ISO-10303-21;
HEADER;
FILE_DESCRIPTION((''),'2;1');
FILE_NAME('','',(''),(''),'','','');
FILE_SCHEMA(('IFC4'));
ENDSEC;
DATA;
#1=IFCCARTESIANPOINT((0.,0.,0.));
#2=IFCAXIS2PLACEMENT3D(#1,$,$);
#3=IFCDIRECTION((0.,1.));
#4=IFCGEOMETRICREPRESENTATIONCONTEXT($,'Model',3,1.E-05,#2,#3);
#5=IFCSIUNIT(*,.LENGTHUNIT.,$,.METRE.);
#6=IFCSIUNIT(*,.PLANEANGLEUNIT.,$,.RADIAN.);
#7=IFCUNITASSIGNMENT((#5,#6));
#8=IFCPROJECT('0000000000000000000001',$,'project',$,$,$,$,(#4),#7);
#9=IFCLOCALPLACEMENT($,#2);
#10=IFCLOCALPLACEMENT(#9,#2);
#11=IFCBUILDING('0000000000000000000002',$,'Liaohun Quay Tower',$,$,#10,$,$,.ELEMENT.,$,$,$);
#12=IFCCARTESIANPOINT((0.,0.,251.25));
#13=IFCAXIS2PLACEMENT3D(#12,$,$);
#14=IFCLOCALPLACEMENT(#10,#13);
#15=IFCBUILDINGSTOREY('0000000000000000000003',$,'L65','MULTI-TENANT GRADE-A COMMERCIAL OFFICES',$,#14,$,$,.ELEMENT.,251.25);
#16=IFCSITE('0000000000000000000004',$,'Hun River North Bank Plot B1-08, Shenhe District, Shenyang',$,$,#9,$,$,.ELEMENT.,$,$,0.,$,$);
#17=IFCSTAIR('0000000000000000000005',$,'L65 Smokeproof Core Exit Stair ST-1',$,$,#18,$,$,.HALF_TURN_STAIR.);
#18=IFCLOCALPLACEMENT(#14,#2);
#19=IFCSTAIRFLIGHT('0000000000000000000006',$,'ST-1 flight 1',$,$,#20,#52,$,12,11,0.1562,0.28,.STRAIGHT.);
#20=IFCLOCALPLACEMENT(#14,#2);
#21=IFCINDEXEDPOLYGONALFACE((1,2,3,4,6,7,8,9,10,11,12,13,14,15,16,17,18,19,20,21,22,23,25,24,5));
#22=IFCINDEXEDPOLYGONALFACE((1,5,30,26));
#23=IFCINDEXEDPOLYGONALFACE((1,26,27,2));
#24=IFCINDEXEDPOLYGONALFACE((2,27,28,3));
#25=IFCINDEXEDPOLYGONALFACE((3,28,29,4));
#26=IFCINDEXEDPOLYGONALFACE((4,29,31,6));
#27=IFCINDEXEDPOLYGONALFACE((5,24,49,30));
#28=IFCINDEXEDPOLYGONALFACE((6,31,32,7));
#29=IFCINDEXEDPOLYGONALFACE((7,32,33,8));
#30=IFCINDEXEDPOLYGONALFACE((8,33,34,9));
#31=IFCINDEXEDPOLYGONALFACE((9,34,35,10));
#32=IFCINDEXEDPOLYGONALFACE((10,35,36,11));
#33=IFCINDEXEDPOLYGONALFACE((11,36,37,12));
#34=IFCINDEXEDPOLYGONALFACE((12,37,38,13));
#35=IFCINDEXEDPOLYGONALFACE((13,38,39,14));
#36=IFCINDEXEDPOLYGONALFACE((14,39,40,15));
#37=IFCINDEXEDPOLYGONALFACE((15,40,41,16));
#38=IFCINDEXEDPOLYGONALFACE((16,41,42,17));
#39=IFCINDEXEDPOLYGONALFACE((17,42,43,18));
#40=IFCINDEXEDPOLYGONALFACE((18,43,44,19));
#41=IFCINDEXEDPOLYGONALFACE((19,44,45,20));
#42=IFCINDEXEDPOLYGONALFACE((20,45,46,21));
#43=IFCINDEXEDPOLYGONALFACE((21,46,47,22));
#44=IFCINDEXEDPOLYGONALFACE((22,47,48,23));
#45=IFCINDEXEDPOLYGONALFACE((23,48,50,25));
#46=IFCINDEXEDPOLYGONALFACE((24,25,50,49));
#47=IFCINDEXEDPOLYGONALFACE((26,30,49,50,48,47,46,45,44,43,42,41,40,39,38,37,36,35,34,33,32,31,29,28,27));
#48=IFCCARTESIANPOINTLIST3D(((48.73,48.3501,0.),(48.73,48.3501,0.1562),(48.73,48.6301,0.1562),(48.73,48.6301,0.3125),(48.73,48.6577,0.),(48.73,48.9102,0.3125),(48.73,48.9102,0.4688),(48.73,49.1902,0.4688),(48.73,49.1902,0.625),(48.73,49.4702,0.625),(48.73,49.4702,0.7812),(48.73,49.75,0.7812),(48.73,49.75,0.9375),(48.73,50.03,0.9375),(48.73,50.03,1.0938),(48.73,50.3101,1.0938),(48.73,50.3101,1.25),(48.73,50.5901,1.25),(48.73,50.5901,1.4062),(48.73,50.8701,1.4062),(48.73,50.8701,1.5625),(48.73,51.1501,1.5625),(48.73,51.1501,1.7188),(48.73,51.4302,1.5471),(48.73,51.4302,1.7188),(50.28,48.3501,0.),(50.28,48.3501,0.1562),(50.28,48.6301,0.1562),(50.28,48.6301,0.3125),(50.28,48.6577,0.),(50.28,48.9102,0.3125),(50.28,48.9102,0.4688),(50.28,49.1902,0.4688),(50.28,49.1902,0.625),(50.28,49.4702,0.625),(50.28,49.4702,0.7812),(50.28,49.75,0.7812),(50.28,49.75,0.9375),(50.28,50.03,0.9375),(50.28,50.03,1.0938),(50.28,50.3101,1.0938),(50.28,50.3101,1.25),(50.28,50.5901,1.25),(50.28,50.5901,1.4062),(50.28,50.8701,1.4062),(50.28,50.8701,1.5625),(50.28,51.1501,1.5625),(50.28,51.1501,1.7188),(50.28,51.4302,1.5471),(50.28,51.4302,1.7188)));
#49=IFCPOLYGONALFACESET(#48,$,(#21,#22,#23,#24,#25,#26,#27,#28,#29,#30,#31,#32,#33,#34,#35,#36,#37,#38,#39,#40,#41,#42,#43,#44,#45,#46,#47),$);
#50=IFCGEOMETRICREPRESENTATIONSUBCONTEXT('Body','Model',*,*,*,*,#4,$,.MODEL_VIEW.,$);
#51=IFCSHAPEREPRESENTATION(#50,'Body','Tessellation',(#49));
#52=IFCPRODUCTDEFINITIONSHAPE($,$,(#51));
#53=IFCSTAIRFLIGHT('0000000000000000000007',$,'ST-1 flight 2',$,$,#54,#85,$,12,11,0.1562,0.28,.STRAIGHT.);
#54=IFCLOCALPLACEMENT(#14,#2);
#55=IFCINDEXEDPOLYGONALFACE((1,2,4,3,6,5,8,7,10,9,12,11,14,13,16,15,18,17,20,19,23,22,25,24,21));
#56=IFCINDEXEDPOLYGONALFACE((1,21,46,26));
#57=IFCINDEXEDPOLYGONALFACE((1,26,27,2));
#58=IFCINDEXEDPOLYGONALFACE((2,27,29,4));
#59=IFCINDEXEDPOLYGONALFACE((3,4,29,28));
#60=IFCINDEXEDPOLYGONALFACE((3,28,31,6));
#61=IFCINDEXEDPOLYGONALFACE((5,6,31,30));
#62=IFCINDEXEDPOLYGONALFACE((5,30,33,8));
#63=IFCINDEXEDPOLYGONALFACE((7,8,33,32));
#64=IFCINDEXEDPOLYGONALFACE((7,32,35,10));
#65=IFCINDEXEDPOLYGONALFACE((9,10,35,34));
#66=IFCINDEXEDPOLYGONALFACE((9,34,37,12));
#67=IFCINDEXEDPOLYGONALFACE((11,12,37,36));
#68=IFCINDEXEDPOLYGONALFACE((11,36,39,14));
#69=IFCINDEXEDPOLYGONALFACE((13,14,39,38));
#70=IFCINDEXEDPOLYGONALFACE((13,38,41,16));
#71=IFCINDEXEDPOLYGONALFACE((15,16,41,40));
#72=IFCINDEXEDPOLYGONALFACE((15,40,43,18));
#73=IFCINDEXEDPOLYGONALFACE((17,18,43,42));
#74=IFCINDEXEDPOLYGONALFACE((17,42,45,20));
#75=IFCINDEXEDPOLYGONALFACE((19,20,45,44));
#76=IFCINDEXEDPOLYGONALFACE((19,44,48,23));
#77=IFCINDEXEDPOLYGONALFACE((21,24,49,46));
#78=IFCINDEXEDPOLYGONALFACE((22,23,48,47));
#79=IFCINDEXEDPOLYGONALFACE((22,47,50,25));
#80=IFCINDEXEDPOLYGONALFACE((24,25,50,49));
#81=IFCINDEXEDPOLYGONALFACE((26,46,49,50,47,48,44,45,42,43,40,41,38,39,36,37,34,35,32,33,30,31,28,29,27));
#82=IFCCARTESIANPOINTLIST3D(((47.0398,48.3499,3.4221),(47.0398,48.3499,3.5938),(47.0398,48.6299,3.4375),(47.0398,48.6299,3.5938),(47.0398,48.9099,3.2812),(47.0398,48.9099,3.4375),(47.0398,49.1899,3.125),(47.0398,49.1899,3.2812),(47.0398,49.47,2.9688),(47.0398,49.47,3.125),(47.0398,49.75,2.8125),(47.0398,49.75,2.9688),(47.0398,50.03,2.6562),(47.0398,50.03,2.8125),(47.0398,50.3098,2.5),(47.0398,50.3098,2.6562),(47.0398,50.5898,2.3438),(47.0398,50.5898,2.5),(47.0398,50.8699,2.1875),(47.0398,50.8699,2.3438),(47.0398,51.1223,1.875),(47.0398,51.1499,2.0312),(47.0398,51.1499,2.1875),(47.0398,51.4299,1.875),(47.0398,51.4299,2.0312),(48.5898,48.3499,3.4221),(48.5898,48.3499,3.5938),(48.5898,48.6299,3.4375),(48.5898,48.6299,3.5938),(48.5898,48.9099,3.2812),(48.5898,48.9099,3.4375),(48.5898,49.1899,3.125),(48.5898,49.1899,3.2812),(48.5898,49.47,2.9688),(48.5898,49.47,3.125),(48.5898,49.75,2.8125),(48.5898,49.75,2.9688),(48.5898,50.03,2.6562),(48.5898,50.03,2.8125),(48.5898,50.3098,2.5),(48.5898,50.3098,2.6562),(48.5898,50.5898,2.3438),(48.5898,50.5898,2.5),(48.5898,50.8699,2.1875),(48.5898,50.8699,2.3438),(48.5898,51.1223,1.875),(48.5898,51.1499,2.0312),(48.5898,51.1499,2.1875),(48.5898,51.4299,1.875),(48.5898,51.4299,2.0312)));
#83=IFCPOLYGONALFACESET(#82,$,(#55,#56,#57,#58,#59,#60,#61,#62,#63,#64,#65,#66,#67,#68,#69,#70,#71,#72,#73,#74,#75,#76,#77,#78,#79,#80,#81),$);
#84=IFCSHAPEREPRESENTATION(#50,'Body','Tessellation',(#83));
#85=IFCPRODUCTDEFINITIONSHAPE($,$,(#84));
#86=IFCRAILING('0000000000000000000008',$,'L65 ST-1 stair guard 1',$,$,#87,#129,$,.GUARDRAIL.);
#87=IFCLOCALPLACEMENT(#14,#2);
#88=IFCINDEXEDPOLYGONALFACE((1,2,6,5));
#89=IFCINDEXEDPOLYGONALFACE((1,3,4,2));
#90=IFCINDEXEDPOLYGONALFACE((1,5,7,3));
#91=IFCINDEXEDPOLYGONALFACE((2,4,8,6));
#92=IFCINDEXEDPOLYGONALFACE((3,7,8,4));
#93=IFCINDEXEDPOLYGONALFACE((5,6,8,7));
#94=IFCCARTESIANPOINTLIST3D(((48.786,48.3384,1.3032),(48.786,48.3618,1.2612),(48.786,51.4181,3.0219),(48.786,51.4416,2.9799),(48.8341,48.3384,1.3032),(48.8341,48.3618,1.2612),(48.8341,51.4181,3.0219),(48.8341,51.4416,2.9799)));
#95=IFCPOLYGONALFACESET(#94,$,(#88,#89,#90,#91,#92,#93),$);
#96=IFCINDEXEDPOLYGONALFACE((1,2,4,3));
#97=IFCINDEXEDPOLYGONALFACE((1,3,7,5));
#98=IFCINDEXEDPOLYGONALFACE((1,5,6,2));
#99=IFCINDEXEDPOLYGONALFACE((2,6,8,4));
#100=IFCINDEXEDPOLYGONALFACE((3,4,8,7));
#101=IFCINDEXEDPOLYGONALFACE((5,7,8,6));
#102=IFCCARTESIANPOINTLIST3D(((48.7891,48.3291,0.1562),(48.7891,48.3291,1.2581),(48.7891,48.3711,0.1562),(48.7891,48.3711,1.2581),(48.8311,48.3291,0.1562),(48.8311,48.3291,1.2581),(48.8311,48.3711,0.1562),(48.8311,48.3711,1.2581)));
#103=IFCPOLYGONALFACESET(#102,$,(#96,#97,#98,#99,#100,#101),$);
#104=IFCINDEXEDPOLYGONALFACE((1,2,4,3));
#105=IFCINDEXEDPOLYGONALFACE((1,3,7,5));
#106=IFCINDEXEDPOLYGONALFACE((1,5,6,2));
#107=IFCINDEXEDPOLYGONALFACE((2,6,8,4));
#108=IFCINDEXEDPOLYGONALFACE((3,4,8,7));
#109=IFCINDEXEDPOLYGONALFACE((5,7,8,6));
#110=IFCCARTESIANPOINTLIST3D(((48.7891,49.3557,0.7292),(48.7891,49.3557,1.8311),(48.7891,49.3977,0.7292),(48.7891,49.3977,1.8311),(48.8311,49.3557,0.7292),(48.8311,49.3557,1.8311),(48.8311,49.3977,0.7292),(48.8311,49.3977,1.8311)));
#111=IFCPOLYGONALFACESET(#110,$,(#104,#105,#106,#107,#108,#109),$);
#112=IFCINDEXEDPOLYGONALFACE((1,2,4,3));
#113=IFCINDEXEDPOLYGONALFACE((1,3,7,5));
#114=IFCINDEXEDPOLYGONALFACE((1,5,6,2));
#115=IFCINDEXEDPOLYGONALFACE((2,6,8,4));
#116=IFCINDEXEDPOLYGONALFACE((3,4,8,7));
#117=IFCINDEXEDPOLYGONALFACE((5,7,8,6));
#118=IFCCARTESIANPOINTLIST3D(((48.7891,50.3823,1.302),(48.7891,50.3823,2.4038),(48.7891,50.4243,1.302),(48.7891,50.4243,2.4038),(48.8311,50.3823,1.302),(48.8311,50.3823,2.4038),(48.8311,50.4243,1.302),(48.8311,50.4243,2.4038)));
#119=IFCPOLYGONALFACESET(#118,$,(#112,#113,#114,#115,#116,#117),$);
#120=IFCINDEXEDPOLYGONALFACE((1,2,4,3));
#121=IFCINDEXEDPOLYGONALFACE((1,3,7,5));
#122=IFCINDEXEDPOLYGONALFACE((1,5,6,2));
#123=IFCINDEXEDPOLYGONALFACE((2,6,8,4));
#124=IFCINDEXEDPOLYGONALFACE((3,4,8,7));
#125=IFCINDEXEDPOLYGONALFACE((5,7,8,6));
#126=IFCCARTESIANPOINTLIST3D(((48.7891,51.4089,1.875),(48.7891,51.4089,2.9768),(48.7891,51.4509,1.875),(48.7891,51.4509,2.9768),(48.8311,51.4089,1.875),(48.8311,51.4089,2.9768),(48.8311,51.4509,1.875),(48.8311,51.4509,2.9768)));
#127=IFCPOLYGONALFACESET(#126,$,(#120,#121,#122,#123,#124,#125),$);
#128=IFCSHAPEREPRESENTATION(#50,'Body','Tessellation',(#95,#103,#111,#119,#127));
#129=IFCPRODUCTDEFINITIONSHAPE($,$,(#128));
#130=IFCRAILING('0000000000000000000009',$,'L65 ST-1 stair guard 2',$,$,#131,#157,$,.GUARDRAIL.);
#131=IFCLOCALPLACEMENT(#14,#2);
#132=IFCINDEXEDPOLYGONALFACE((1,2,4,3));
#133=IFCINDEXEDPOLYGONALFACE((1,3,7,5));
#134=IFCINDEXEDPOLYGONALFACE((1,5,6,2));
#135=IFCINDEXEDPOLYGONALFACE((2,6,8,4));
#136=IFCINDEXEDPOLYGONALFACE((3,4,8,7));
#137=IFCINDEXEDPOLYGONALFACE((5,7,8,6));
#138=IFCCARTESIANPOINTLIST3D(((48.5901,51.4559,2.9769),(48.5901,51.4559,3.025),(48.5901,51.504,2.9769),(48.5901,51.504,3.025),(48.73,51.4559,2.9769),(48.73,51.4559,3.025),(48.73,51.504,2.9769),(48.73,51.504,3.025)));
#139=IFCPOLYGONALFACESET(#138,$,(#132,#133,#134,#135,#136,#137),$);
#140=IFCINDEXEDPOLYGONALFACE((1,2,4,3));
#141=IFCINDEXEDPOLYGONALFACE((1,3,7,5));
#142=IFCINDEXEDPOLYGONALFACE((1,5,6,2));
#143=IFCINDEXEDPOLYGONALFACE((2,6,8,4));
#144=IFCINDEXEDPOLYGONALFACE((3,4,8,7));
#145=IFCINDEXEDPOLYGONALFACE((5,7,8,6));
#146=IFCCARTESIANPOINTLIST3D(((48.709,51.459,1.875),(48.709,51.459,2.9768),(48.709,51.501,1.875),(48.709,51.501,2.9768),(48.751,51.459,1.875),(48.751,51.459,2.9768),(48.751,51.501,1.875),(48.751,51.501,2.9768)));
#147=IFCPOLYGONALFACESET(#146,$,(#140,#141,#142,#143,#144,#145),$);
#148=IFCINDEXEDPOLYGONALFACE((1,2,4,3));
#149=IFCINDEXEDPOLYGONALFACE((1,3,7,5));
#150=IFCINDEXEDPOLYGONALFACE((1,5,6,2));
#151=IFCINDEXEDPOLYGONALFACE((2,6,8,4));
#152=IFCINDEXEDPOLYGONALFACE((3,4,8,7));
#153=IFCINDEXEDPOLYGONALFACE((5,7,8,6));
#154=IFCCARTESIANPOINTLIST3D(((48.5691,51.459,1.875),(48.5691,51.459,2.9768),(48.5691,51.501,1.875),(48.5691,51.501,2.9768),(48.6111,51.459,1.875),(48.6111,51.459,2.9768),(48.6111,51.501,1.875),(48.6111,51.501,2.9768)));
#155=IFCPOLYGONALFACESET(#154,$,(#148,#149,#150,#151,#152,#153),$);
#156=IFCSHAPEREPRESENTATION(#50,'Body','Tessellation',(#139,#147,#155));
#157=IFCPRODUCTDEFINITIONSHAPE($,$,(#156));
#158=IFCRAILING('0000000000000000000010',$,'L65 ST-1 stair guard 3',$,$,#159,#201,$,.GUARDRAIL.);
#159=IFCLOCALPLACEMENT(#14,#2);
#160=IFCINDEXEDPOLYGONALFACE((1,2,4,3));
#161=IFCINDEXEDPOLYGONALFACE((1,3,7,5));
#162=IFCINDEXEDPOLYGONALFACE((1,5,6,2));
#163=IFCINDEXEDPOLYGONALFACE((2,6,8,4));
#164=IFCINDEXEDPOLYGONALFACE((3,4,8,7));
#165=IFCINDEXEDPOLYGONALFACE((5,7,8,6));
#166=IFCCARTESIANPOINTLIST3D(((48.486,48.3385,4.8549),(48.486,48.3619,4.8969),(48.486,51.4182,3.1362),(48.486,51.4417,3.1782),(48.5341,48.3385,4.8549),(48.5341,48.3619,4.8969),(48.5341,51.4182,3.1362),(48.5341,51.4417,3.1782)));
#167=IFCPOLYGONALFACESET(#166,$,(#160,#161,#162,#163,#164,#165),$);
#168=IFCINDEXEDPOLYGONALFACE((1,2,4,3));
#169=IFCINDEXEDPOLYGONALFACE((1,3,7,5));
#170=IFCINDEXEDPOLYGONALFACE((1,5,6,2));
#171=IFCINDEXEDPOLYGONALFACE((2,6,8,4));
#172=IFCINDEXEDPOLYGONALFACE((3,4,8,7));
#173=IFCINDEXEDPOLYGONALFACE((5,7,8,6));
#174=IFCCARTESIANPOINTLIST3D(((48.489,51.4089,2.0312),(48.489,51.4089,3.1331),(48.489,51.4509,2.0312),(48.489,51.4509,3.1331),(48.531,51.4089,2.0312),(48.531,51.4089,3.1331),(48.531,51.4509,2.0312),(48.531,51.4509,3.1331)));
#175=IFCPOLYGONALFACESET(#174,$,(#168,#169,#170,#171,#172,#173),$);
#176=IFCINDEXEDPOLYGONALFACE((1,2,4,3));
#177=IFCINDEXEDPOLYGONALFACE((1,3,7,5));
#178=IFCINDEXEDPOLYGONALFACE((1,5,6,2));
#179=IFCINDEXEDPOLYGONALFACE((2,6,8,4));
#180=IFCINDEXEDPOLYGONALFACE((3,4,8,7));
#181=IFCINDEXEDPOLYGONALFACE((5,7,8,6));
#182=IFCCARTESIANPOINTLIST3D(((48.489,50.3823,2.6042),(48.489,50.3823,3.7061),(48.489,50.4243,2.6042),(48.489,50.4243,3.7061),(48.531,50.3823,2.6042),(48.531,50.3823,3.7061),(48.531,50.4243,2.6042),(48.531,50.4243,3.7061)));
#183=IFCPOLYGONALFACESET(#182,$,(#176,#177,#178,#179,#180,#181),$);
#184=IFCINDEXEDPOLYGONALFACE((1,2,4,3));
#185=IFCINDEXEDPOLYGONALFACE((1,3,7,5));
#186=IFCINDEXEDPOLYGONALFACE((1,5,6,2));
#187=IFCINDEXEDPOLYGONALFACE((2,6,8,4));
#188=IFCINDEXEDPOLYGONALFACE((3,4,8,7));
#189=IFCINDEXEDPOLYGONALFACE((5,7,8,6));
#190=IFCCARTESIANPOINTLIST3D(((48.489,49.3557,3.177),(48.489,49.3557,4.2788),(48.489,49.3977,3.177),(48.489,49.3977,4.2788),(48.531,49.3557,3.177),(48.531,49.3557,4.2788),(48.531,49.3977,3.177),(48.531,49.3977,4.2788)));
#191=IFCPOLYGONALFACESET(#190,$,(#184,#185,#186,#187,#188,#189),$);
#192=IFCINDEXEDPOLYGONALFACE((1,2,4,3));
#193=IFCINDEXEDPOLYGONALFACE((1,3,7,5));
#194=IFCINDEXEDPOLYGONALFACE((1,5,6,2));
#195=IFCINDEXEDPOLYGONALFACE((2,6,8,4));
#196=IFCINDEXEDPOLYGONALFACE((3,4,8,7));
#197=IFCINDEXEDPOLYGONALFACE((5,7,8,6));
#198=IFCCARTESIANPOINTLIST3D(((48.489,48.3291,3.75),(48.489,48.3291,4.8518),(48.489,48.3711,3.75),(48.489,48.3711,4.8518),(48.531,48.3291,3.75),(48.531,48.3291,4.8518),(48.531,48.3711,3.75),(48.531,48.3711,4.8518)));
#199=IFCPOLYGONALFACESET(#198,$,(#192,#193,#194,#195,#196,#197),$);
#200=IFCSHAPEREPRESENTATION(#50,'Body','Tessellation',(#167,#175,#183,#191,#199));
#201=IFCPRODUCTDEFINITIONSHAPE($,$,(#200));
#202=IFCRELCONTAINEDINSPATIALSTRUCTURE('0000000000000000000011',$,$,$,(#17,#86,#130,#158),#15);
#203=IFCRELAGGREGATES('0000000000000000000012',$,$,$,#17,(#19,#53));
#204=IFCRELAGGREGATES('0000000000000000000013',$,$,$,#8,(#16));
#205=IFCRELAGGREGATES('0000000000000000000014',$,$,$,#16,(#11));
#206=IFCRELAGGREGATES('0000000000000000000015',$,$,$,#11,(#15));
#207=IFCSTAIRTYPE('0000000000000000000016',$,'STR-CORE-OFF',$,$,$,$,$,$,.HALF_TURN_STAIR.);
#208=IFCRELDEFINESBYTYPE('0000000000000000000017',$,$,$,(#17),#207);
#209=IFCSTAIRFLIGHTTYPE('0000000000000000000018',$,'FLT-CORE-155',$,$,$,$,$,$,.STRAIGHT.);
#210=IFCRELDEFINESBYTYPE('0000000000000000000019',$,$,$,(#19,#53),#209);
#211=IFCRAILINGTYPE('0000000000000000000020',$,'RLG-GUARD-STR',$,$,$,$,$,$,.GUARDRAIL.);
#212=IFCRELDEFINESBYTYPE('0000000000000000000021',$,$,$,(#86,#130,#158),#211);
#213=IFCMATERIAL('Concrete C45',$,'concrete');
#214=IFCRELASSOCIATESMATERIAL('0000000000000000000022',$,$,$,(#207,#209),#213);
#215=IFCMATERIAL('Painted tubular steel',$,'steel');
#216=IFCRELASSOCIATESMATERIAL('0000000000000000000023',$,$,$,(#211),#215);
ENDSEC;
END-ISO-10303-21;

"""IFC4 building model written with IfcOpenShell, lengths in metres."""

from ifc_helpers import new_model, si_unit, direction, frame, origin, origin_2d, place, context, subcontext, project, spatial, polyline, rectangle, outline, extrude, material, type_object, element, aggregate, save


model = new_model("IFC4")

# Units and contexts
model_context = context("Model", 3, precision=1e-05, world=origin(), true_north=direction((0.0, 1.0)))
body_context = subcontext(model_context, "Body", "Model", "MODEL_VIEW")
ifc_project = project(units=[si_unit("LENGTHUNIT", "METRE"), si_unit("PLANEANGLEUNIT", "RADIAN")], contexts=[model_context])

# Site, building, storey
site_placement = place(None, origin())
site = spatial("IfcSite", under=ifc_project, at=site_placement, Name="Hun River North Bank Plot B1-08, Shenhe District, Shenyang", CompositionType="ELEMENT", RefElevation=0.0)
building_placement = place(site_placement, origin())
building = spatial("IfcBuilding", under=site, at=building_placement, Name="Liaohun Quay Tower", CompositionType="ELEMENT")
storey_placement = place(building_placement, frame((0.0, 0.0, 251.25)))
storey = spatial("IfcBuildingStorey", under=building, at=storey_placement, Name="L65", Description="MULTI-TENANT GRADE-A COMMERCIAL OFFICES", CompositionType="ELEMENT", Elevation=251.25)

# Stair, stair flights
ifc_material_1 = material(Name="Concrete C45", Category="concrete")
stair_type = type_object("IfcStairType", Name="STR-CORE-OFF", PredefinedType="HALF_TURN_STAIR", material=ifc_material_1)
stair_placement = place(storey_placement, origin())
stair = element("IfcStair", 1, at=stair_placement, inside=storey, type_object=stair_type, Name="L65 Smokeproof Core Exit Stair ST-1", PredefinedType="HALF_TURN_STAIR")
stair_flight_type = type_object("IfcStairFlightType", Name="FLT-CORE-155", PredefinedType="STRAIGHT", material=ifc_material_1)
stair_flight_1_placement = place(storey_placement, frame((49.5049, 48.3501, 0.0), z_axis=(0.0, 0.0, 1.0), x_axis=(0.0, 1.0, 0.0)))
stair_flight_1 = element("IfcStairFlight", 2, at=stair_flight_1_placement, type_object=stair_flight_type, Name="ST-1 flight 1", NumberOfRisers=12, NumberOfTreads=11, PredefinedType="STRAIGHT", RiserHeight=0.1562, TreadLength=0.28, context=body_context, shape_type="SweptSolid", body=[
    extrude(outline(polyline([(0.0, 0.0), (0.0, 0.1562), (0.28, 0.1562), (0.28, 0.3125), (0.5601, 0.3125), (0.5601, 0.4688), (0.8401, 0.4688), (0.8401, 0.625), (1.1201, 0.625), (1.1201, 0.7812), (1.3999, 0.7812), (1.3999, 0.9375), (1.6799, 0.9375), (1.6799, 1.0938), (1.96, 1.0938), (1.96, 1.25), (2.24, 1.25), (2.24, 1.4062), (2.52, 1.4062), (2.52, 1.5625), (2.8, 1.5625), (2.8, 1.7188), (3.0801, 1.7188), (3.0801, 1.875), (3.0801, 1.5471), (0.3076, 0.0), (0.0, 0.0)])), frame((0.0, 0.7749, 0.0), z_axis=(0.0, -1.0, 0.0), x_axis=(1.0, 0.0, 0.0)), (0.0, 0.0, 1.0), 1.55),
])
stair_flight_2_placement = place(storey_placement, frame((47.8149, 51.4299, 1.875), z_axis=(0.0, 0.0, 1.0), x_axis=(0.0, -1.0, 0.0)))
stair_flight_2 = element("IfcStairFlight", 3, at=stair_flight_2_placement, type_object=stair_flight_type, Name="ST-1 flight 2", NumberOfRisers=12, NumberOfTreads=11, PredefinedType="STRAIGHT", RiserHeight=0.1562, TreadLength=0.28, context=body_context, shape_type="SweptSolid", body=[
    extrude(outline(polyline([(0.0, 0.0), (0.0, 0.1562), (0.28, 0.1562), (0.28, 0.3125), (0.5601, 0.3125), (0.5601, 0.4688), (0.8401, 0.4688), (0.8401, 0.625), (1.1201, 0.625), (1.1201, 0.7812), (1.3999, 0.7812), (1.3999, 0.9375), (1.6799, 0.9375), (1.6799, 1.0938), (1.96, 1.0938), (1.96, 1.25), (2.24, 1.25), (2.24, 1.4062), (2.52, 1.4062), (2.52, 1.5625), (2.8, 1.5625), (2.8, 1.7188), (3.0801, 1.7188), (3.0801, 1.875), (3.0801, 1.5471), (0.3076, 0.0), (0.0, 0.0)])), frame((0.0, 0.7749, 0.0), z_axis=(0.0, -1.0, 0.0), x_axis=(1.0, 0.0, 0.0)), (0.0, 0.0, 1.0), 1.55),
])
aggregate(stair, [stair_flight_1, stair_flight_2])

# Railings
ifc_material_2 = material(Name="Painted tubular steel", Category="steel")
railing_type_1 = type_object("IfcRailingType", Name="RLG-GUARD-STR", PredefinedType="GUARDRAIL", material=ifc_material_2)
railing_1_placement = place(storey_placement, frame((48.8101, 48.3501, 0.1562)))
element("IfcRailing", 4, at=railing_1_placement, inside=storey, type_object=railing_type_1, Name="L65 ST-1 stair guard 1", PredefinedType="GUARDRAIL", context=body_context, shape_type="SweptSolid", body=[
    extrude(rectangle(XDim=0.0481, YDim=0.0481, at=origin_2d()), frame((0.0, 0.0, 1.126), z_axis=(0.0, 0.873225, 0.487317), x_axis=(-1.0, 0.0, 0.0)), (0.0, 0.0, 1.0), 3.5269),
    extrude(rectangle(XDim=0.042, YDim=0.042, at=origin_2d()), origin(), (0.0, 0.0, 1.0), 1.1018),
    extrude(rectangle(XDim=0.042, YDim=0.042, at=origin_2d()), frame((0.0, 1.0266, 0.573)), (0.0, 0.0, 1.0), 1.1018),
    extrude(rectangle(XDim=0.042, YDim=0.042, at=origin_2d()), frame((0.0, 2.0532, 1.1458)), (0.0, 0.0, 1.0), 1.1018),
    extrude(rectangle(XDim=0.042, YDim=0.042, at=origin_2d()), frame((0.0, 3.0798, 1.7188)), (0.0, 0.0, 1.0), 1.1018),
])
railing_2_placement = place(storey_placement, frame((48.73, 51.48, 1.875)))
element("IfcRailing", 5, at=railing_2_placement, inside=storey, type_object=railing_type_1, Name="L65 ST-1 stair guard 2", PredefinedType="GUARDRAIL", context=body_context, shape_type="SweptSolid", body=[
    extrude(rectangle(XDim=0.0481, YDim=0.0481, at=origin_2d()), frame((0.0, 0.0, 1.126), z_axis=(-1.0, 0.0, 0.0), x_axis=(0.0, -1.0, 0.0)), (0.0, 0.0, 1.0), 0.1399),
    extrude(rectangle(XDim=0.042, YDim=0.042, at=origin_2d()), origin(), (0.0, 0.0, 1.0), 1.1018),
    extrude(rectangle(XDim=0.042, YDim=0.042, at=origin_2d()), frame((-0.1399, 0.0, 0.0)), (0.0, 0.0, 1.0), 1.1018),
])
railing_3_placement = place(storey_placement, frame((48.51, 51.4299, 2.0312)))
element("IfcRailing", 6, at=railing_3_placement, inside=storey, type_object=railing_type_1, Name="L65 ST-1 stair guard 3", PredefinedType="GUARDRAIL", context=body_context, shape_type="SweptSolid", body=[
    extrude(rectangle(XDim=0.0481, YDim=0.0481, at=origin_2d()), frame((0.0, 0.0, 1.126), z_axis=(0.0, -0.873225, 0.487317), x_axis=(1.0, 0.0, 0.0)), (0.0, 0.0, 1.0), 3.5269),
    extrude(rectangle(XDim=0.042, YDim=0.042, at=origin_2d()), origin(), (0.0, 0.0, 1.0), 1.1018),
    extrude(rectangle(XDim=0.042, YDim=0.042, at=origin_2d()), frame((0.0, -1.0266, 0.573)), (0.0, 0.0, 1.0), 1.1018),
    extrude(rectangle(XDim=0.042, YDim=0.042, at=origin_2d()), frame((0.0, -2.0532, 1.1458)), (0.0, 0.0, 1.0), 1.1018),
    extrude(rectangle(XDim=0.042, YDim=0.042, at=origin_2d()), frame((0.0, -3.0798, 1.7188)), (0.0, 0.0, 1.0), 1.1018),
])

save(model, "model.ifc")
